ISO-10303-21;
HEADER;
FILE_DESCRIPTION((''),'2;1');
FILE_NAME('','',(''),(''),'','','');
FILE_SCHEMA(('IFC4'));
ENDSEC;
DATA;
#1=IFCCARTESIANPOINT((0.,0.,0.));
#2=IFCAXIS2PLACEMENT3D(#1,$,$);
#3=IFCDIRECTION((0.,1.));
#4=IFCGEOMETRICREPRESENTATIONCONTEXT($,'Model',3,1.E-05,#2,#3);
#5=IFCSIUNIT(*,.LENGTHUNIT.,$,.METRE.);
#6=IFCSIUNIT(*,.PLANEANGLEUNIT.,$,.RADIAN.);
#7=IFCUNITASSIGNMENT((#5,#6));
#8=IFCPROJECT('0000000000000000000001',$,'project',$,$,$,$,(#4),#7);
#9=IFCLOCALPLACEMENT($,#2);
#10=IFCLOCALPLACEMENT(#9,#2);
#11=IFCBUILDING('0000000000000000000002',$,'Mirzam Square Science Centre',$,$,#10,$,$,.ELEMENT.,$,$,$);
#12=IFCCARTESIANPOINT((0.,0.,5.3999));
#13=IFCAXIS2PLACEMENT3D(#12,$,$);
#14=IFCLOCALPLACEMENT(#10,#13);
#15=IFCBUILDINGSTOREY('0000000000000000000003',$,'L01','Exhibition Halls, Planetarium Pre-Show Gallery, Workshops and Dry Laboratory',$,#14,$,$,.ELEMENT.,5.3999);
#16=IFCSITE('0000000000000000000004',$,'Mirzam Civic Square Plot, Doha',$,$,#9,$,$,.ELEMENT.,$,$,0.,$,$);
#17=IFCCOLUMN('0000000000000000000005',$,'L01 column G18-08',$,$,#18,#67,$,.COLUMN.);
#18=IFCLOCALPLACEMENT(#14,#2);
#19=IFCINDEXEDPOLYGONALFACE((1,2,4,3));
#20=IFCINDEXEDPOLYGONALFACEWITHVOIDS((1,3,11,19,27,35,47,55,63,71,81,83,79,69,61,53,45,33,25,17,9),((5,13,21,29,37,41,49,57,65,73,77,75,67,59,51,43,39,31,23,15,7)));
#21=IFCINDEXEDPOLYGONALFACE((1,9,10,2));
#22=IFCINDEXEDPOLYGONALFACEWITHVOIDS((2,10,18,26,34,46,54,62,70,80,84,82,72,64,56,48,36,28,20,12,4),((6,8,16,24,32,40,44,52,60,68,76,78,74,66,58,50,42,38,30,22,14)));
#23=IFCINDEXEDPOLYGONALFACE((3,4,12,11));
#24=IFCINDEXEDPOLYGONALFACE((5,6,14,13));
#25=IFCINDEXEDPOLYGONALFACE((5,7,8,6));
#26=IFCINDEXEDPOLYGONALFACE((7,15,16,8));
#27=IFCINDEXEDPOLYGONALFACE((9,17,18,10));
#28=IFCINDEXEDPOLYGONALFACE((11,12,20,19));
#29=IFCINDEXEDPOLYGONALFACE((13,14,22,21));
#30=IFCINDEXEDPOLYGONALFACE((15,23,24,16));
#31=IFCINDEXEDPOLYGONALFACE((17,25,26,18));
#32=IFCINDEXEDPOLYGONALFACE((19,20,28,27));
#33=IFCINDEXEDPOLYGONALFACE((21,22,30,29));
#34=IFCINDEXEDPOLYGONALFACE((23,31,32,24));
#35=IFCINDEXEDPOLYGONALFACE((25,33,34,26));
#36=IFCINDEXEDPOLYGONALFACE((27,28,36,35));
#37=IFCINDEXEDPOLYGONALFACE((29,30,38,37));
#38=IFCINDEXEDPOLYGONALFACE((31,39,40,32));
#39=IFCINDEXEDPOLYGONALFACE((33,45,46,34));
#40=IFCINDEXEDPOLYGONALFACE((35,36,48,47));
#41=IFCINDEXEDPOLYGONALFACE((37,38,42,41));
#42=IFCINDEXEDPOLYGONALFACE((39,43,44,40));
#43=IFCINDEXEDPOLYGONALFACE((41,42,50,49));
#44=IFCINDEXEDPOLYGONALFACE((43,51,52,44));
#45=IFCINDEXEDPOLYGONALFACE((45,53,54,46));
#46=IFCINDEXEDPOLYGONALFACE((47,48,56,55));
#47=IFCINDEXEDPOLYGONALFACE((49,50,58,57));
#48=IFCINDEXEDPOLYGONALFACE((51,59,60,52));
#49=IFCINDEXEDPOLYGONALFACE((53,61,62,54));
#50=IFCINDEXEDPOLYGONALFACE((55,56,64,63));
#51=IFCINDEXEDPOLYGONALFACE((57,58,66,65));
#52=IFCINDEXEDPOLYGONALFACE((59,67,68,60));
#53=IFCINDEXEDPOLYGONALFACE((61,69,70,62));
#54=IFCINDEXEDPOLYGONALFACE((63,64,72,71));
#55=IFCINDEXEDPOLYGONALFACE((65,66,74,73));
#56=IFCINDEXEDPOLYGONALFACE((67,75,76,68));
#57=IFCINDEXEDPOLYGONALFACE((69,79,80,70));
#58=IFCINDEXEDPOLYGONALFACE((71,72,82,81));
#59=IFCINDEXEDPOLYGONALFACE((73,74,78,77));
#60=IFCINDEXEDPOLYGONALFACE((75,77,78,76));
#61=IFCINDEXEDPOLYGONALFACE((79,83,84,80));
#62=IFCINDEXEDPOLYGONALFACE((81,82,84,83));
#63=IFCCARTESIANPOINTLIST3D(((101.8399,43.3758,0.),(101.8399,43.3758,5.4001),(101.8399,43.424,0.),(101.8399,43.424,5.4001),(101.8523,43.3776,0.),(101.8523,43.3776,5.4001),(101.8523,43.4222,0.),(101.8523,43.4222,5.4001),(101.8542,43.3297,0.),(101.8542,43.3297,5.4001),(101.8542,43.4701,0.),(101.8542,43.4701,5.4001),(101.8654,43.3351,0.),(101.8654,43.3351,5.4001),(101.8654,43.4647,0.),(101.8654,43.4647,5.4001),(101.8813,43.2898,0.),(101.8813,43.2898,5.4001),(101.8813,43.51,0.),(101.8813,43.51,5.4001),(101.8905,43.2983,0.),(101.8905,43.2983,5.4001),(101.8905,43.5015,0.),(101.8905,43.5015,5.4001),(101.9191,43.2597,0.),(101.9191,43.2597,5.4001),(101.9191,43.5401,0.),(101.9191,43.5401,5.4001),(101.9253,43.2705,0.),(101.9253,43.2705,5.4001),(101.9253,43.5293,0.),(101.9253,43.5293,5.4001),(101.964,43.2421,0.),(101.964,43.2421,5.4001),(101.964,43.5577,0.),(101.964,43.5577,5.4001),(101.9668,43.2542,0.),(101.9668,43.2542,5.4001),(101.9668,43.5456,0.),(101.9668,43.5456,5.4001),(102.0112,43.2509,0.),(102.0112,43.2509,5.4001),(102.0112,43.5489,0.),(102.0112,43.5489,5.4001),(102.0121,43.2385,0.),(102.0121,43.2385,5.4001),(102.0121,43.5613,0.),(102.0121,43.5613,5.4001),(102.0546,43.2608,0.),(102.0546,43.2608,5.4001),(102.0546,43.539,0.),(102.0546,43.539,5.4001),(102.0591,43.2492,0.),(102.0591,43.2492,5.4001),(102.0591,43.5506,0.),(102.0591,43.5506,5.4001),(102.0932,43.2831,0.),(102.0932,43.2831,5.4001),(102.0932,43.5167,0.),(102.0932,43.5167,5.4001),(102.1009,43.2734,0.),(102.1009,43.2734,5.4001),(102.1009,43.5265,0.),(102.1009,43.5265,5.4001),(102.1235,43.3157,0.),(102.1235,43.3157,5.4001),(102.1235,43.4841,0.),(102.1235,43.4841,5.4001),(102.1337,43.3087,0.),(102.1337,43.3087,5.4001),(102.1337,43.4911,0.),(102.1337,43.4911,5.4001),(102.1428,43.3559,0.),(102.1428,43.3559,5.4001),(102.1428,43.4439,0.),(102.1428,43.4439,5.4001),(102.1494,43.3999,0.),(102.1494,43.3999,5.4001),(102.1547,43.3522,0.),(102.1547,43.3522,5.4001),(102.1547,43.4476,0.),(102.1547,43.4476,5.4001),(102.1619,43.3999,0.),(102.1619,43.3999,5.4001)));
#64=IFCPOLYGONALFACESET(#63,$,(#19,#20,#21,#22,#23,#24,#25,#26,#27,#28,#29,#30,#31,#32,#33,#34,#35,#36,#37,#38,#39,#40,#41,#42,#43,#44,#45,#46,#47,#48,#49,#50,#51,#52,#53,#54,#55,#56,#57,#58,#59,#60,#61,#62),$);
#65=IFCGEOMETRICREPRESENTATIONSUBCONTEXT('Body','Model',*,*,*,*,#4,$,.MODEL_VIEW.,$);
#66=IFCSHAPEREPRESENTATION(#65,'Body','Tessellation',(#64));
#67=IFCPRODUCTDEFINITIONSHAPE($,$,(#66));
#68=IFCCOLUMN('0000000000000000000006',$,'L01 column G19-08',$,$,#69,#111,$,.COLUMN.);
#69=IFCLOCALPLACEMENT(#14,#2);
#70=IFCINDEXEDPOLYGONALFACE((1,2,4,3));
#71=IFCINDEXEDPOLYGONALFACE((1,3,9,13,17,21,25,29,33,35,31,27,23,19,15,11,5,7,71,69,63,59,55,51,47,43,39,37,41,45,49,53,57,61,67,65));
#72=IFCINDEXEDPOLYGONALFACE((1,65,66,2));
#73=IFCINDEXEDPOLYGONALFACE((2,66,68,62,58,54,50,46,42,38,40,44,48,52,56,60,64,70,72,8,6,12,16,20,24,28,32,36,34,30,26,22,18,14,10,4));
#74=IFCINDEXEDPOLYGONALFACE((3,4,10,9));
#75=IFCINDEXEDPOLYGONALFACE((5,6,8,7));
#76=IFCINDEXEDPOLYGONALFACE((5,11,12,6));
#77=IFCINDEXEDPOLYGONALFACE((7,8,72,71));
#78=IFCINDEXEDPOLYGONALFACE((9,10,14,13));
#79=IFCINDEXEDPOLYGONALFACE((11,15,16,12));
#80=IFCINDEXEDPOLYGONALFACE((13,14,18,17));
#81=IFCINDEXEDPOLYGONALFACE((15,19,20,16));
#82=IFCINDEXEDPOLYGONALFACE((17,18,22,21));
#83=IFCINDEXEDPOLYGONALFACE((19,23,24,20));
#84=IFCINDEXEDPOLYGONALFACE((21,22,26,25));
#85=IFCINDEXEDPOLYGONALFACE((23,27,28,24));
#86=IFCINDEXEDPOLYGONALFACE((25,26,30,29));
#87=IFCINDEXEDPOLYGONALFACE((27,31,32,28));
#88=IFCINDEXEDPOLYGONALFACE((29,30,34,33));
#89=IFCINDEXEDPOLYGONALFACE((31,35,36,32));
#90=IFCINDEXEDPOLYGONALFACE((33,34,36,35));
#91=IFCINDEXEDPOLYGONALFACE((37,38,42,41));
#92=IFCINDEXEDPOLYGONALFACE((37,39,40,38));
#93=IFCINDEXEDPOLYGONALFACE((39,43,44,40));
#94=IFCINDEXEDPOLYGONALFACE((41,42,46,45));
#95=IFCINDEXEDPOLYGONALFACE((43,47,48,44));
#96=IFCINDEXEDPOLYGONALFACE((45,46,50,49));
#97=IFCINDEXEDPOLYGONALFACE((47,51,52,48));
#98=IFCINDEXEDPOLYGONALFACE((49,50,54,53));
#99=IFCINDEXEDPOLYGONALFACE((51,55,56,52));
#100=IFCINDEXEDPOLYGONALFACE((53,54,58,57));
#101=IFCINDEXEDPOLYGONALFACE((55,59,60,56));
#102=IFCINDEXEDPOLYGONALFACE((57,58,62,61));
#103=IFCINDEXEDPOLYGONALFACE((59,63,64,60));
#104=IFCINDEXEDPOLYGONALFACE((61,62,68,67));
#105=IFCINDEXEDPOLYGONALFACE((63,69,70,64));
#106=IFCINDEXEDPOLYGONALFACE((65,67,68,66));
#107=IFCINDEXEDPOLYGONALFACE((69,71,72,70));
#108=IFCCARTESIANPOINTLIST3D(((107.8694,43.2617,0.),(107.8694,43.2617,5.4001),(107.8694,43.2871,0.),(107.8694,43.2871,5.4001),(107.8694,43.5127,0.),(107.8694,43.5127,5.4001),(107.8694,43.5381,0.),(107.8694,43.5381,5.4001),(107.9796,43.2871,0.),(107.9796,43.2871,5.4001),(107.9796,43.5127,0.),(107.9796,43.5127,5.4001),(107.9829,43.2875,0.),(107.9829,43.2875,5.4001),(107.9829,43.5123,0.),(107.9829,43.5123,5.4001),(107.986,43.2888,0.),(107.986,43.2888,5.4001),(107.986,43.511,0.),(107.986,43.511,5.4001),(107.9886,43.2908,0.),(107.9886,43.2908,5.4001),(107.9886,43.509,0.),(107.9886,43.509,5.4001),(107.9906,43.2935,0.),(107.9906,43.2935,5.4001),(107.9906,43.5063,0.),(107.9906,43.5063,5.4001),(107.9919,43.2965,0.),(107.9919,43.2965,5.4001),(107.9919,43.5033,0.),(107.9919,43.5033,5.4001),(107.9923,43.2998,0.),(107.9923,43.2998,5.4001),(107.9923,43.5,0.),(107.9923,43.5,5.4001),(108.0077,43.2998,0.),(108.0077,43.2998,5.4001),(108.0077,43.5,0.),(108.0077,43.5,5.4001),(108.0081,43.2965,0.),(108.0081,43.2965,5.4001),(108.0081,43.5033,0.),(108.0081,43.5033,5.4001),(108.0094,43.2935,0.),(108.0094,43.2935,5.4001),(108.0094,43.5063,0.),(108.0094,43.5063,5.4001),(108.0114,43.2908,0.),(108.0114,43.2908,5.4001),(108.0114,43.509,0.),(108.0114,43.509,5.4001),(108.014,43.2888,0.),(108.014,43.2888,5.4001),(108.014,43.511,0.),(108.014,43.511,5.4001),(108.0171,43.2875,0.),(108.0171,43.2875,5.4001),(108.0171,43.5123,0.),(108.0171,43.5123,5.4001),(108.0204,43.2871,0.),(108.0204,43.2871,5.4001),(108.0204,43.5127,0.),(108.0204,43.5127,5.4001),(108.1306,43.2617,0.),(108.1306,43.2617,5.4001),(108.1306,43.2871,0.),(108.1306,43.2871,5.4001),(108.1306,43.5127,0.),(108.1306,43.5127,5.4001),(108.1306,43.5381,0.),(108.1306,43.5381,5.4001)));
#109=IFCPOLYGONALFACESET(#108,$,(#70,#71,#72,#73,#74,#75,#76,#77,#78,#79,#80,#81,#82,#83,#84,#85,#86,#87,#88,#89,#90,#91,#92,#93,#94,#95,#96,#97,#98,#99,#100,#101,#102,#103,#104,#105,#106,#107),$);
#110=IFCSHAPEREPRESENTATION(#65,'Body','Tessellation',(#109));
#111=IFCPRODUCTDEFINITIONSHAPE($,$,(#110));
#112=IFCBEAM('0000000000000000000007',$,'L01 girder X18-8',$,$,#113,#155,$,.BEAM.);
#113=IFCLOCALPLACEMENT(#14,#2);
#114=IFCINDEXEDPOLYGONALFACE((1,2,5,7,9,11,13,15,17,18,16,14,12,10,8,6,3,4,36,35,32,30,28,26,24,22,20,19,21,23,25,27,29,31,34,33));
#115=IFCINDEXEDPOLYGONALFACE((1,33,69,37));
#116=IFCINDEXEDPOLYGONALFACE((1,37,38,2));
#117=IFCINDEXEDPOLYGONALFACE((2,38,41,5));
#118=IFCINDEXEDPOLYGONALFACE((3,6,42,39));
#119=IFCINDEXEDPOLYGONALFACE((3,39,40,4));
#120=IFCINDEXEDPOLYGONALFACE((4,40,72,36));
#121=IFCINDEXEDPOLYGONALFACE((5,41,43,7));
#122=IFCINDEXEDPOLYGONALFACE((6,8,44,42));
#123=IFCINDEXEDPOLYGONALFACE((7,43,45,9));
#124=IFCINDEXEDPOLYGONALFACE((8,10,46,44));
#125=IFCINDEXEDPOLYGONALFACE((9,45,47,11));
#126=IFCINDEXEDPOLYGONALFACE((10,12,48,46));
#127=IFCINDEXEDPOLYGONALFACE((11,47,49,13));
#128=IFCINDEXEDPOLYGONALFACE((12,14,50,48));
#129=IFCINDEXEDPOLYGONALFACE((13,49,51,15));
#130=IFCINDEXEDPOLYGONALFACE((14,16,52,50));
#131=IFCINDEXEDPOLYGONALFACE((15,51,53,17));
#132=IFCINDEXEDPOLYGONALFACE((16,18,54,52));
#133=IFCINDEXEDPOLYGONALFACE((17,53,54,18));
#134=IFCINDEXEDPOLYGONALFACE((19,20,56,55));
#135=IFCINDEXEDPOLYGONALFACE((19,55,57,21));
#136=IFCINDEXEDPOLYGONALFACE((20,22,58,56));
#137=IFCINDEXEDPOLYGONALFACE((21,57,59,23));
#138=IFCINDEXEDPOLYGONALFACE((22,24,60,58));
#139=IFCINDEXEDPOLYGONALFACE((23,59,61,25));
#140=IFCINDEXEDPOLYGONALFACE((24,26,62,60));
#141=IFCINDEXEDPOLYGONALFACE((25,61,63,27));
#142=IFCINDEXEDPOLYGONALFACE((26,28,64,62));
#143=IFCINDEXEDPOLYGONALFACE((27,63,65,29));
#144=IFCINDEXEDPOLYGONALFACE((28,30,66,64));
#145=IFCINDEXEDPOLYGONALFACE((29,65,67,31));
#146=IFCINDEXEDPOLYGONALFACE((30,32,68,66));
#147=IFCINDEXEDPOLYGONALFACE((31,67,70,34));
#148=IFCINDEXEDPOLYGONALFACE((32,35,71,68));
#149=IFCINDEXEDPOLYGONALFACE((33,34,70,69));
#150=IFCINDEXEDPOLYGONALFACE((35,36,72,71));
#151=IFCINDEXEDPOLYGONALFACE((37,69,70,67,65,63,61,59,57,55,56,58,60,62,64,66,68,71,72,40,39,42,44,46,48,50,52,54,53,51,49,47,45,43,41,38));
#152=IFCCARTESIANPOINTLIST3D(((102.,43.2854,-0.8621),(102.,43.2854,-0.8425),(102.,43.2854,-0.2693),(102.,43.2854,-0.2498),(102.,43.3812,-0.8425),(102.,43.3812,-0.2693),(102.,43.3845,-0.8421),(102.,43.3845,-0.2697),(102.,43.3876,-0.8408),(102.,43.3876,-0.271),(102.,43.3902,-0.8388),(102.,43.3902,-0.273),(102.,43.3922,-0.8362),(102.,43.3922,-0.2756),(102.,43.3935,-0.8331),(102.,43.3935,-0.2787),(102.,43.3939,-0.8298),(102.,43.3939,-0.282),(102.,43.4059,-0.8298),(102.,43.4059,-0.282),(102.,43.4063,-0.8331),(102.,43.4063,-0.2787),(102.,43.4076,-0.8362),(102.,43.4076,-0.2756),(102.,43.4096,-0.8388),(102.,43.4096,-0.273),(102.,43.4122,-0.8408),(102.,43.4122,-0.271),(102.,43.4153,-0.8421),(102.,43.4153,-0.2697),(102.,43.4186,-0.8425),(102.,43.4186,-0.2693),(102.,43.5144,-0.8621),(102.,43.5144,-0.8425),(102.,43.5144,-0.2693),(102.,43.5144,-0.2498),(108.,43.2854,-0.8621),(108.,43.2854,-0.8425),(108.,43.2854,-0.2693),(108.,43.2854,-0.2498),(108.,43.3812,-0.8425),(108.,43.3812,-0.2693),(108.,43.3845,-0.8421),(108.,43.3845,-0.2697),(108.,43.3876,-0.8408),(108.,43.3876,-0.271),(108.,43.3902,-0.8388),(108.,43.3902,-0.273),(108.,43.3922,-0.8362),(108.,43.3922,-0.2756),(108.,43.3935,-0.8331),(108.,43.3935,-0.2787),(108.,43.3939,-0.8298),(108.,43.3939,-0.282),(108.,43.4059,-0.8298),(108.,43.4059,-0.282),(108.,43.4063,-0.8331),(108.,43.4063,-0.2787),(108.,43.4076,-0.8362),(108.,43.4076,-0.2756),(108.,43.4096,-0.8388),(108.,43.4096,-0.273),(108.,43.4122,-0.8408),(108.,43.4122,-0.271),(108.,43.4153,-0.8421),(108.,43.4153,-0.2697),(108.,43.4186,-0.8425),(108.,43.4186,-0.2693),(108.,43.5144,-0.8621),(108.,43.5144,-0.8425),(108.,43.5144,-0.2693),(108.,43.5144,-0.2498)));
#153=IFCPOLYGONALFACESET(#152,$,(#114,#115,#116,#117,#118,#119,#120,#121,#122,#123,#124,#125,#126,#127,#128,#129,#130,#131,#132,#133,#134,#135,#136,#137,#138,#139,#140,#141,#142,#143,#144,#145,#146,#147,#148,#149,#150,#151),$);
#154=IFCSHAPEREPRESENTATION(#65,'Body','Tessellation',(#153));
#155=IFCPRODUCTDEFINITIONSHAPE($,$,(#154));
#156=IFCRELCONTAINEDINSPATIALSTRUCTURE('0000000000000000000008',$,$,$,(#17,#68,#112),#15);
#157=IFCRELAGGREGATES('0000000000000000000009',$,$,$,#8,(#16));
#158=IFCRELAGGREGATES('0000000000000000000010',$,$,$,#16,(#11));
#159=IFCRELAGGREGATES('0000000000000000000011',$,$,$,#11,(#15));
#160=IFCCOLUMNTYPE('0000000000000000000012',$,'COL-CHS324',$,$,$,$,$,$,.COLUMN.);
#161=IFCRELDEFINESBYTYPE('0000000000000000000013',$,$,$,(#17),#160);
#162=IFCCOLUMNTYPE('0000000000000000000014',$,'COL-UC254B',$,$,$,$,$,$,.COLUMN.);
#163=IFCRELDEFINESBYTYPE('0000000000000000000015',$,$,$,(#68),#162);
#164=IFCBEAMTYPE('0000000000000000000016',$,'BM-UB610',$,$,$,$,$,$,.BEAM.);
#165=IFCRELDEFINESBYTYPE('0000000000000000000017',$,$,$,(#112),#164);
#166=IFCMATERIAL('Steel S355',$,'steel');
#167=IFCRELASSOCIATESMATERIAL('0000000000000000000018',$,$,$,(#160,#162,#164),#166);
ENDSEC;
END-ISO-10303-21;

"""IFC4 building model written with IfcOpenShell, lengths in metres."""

from ifc_helpers import new_model, si_unit, direction, frame, origin, origin_2d, place, context, subcontext, project, spatial, hollow_circle, i_section, extrude, material, material_profile, profile_set, type_object, element, save


model = new_model("IFC4")

# Units and contexts
model_context = context("Model", 3, precision=1e-05, world=origin(), true_north=direction((0.0, 1.0)))
body_context = subcontext(model_context, "Body", "Model", "MODEL_VIEW")
ifc_project = project(units=[si_unit("LENGTHUNIT", "METRE"), si_unit("PLANEANGLEUNIT", "RADIAN")], contexts=[model_context])

# Site, building, storey
site_placement = place(None, origin())
site = spatial("IfcSite", under=ifc_project, at=site_placement, Name="Mirzam Civic Square Plot, Doha", CompositionType="ELEMENT", RefElevation=0.0)
building_placement = place(site_placement, origin())
building = spatial("IfcBuilding", under=site, at=building_placement, Name="Mirzam Square Science Centre", CompositionType="ELEMENT")
storey_placement = place(building_placement, frame((0.0, 0.0, 5.3999)))
storey = spatial("IfcBuildingStorey", under=building, at=storey_placement, Name="L01", Description="Exhibition Halls, Planetarium Pre-Show Gallery, Workshops and Dry Laboratory", CompositionType="ELEMENT", Elevation=5.3999)

# Columns
ifc_material_1 = material(Name="Steel S355", Category="steel")
ifc_material_profile_1 = material_profile(ifc_material_1, hollow_circle(Radius=0.1619, WallThickness=0.0125, at=origin_2d()), Name="323.9x12.5CHS")
ifc_profile_set_1 = profile_set([ifc_material_profile_1], Name="Steel S355")
column_type_1 = type_object("IfcColumnType", Name="COL-CHS324", PredefinedType="COLUMN", material=ifc_profile_set_1)
column_1_placement = place(storey_placement, frame((102.0, 43.3999, 0.0), z_axis=(0.0, 0.0, 1.0), x_axis=(1.0, 0.0, 0.0)))
element("IfcColumn", 1, at=column_1_placement, inside=storey, type_object=column_type_1, Name="L01 column G18-08", PredefinedType="COLUMN", context=body_context, shape_type="SweptSolid", body=[
    extrude(hollow_circle(Radius=0.1619, WallThickness=0.0125, at=origin_2d()), origin(), (0.0, 0.0, 1.0), 5.4001),
])
ifc_material_profile_2 = material_profile(ifc_material_1, i_section(OverallWidth=0.2612, OverallDepth=0.2764, WebThickness=0.0154, FlangeThickness=0.0254, FilletRadius=0.0127, at=origin_2d()), Name="254x254x132UC")
ifc_profile_set_2 = profile_set([ifc_material_profile_2], Name="Steel S355")
column_type_2 = type_object("IfcColumnType", Name="COL-UC254B", PredefinedType="COLUMN", material=ifc_profile_set_2)
column_2_placement = place(storey_placement, frame((108.0, 43.3999, 0.0), z_axis=(0.0, 0.0, 1.0), x_axis=(1.0, 0.0, 0.0)))
element("IfcColumn", 2, at=column_2_placement, inside=storey, type_object=column_type_2, Name="L01 column G19-08", PredefinedType="COLUMN", context=body_context, shape_type="SweptSolid", body=[
    extrude(i_section(OverallWidth=0.2612, OverallDepth=0.2764, WebThickness=0.0154, FlangeThickness=0.0254, FilletRadius=0.0127, at=origin_2d()), origin(), (0.0, 0.0, 1.0), 5.4001),
])

# Beam
ifc_material_profile_3 = material_profile(ifc_material_1, i_section(OverallWidth=0.229, OverallDepth=0.6123, WebThickness=0.012, FlangeThickness=0.0195, FilletRadius=0.0127, at=origin_2d()), Name="610x229x125UB")
ifc_profile_set_3 = profile_set([ifc_material_profile_3], Name="Steel S355")
beam_type_1 = type_object("IfcBeamType", Name="BM-UB610", PredefinedType="BEAM", material=ifc_profile_set_3)
beam_1_placement = place(storey_placement, frame((102.0, 43.3999, -0.5559), z_axis=(1.0, 0.0, 0.0), x_axis=(0.0, 1.0, 0.0)))
element("IfcBeam", 3, at=beam_1_placement, inside=storey, type_object=beam_type_1, Name="L01 girder X18-8", PredefinedType="BEAM", context=body_context, shape_type="SweptSolid", body=[
    extrude(i_section(OverallWidth=0.229, OverallDepth=0.6123, WebThickness=0.012, FlangeThickness=0.0195, FilletRadius=0.0127, at=origin_2d()), origin(), (0.0, 0.0, 1.0), 6.0),
])

save(model, "model.ifc")
